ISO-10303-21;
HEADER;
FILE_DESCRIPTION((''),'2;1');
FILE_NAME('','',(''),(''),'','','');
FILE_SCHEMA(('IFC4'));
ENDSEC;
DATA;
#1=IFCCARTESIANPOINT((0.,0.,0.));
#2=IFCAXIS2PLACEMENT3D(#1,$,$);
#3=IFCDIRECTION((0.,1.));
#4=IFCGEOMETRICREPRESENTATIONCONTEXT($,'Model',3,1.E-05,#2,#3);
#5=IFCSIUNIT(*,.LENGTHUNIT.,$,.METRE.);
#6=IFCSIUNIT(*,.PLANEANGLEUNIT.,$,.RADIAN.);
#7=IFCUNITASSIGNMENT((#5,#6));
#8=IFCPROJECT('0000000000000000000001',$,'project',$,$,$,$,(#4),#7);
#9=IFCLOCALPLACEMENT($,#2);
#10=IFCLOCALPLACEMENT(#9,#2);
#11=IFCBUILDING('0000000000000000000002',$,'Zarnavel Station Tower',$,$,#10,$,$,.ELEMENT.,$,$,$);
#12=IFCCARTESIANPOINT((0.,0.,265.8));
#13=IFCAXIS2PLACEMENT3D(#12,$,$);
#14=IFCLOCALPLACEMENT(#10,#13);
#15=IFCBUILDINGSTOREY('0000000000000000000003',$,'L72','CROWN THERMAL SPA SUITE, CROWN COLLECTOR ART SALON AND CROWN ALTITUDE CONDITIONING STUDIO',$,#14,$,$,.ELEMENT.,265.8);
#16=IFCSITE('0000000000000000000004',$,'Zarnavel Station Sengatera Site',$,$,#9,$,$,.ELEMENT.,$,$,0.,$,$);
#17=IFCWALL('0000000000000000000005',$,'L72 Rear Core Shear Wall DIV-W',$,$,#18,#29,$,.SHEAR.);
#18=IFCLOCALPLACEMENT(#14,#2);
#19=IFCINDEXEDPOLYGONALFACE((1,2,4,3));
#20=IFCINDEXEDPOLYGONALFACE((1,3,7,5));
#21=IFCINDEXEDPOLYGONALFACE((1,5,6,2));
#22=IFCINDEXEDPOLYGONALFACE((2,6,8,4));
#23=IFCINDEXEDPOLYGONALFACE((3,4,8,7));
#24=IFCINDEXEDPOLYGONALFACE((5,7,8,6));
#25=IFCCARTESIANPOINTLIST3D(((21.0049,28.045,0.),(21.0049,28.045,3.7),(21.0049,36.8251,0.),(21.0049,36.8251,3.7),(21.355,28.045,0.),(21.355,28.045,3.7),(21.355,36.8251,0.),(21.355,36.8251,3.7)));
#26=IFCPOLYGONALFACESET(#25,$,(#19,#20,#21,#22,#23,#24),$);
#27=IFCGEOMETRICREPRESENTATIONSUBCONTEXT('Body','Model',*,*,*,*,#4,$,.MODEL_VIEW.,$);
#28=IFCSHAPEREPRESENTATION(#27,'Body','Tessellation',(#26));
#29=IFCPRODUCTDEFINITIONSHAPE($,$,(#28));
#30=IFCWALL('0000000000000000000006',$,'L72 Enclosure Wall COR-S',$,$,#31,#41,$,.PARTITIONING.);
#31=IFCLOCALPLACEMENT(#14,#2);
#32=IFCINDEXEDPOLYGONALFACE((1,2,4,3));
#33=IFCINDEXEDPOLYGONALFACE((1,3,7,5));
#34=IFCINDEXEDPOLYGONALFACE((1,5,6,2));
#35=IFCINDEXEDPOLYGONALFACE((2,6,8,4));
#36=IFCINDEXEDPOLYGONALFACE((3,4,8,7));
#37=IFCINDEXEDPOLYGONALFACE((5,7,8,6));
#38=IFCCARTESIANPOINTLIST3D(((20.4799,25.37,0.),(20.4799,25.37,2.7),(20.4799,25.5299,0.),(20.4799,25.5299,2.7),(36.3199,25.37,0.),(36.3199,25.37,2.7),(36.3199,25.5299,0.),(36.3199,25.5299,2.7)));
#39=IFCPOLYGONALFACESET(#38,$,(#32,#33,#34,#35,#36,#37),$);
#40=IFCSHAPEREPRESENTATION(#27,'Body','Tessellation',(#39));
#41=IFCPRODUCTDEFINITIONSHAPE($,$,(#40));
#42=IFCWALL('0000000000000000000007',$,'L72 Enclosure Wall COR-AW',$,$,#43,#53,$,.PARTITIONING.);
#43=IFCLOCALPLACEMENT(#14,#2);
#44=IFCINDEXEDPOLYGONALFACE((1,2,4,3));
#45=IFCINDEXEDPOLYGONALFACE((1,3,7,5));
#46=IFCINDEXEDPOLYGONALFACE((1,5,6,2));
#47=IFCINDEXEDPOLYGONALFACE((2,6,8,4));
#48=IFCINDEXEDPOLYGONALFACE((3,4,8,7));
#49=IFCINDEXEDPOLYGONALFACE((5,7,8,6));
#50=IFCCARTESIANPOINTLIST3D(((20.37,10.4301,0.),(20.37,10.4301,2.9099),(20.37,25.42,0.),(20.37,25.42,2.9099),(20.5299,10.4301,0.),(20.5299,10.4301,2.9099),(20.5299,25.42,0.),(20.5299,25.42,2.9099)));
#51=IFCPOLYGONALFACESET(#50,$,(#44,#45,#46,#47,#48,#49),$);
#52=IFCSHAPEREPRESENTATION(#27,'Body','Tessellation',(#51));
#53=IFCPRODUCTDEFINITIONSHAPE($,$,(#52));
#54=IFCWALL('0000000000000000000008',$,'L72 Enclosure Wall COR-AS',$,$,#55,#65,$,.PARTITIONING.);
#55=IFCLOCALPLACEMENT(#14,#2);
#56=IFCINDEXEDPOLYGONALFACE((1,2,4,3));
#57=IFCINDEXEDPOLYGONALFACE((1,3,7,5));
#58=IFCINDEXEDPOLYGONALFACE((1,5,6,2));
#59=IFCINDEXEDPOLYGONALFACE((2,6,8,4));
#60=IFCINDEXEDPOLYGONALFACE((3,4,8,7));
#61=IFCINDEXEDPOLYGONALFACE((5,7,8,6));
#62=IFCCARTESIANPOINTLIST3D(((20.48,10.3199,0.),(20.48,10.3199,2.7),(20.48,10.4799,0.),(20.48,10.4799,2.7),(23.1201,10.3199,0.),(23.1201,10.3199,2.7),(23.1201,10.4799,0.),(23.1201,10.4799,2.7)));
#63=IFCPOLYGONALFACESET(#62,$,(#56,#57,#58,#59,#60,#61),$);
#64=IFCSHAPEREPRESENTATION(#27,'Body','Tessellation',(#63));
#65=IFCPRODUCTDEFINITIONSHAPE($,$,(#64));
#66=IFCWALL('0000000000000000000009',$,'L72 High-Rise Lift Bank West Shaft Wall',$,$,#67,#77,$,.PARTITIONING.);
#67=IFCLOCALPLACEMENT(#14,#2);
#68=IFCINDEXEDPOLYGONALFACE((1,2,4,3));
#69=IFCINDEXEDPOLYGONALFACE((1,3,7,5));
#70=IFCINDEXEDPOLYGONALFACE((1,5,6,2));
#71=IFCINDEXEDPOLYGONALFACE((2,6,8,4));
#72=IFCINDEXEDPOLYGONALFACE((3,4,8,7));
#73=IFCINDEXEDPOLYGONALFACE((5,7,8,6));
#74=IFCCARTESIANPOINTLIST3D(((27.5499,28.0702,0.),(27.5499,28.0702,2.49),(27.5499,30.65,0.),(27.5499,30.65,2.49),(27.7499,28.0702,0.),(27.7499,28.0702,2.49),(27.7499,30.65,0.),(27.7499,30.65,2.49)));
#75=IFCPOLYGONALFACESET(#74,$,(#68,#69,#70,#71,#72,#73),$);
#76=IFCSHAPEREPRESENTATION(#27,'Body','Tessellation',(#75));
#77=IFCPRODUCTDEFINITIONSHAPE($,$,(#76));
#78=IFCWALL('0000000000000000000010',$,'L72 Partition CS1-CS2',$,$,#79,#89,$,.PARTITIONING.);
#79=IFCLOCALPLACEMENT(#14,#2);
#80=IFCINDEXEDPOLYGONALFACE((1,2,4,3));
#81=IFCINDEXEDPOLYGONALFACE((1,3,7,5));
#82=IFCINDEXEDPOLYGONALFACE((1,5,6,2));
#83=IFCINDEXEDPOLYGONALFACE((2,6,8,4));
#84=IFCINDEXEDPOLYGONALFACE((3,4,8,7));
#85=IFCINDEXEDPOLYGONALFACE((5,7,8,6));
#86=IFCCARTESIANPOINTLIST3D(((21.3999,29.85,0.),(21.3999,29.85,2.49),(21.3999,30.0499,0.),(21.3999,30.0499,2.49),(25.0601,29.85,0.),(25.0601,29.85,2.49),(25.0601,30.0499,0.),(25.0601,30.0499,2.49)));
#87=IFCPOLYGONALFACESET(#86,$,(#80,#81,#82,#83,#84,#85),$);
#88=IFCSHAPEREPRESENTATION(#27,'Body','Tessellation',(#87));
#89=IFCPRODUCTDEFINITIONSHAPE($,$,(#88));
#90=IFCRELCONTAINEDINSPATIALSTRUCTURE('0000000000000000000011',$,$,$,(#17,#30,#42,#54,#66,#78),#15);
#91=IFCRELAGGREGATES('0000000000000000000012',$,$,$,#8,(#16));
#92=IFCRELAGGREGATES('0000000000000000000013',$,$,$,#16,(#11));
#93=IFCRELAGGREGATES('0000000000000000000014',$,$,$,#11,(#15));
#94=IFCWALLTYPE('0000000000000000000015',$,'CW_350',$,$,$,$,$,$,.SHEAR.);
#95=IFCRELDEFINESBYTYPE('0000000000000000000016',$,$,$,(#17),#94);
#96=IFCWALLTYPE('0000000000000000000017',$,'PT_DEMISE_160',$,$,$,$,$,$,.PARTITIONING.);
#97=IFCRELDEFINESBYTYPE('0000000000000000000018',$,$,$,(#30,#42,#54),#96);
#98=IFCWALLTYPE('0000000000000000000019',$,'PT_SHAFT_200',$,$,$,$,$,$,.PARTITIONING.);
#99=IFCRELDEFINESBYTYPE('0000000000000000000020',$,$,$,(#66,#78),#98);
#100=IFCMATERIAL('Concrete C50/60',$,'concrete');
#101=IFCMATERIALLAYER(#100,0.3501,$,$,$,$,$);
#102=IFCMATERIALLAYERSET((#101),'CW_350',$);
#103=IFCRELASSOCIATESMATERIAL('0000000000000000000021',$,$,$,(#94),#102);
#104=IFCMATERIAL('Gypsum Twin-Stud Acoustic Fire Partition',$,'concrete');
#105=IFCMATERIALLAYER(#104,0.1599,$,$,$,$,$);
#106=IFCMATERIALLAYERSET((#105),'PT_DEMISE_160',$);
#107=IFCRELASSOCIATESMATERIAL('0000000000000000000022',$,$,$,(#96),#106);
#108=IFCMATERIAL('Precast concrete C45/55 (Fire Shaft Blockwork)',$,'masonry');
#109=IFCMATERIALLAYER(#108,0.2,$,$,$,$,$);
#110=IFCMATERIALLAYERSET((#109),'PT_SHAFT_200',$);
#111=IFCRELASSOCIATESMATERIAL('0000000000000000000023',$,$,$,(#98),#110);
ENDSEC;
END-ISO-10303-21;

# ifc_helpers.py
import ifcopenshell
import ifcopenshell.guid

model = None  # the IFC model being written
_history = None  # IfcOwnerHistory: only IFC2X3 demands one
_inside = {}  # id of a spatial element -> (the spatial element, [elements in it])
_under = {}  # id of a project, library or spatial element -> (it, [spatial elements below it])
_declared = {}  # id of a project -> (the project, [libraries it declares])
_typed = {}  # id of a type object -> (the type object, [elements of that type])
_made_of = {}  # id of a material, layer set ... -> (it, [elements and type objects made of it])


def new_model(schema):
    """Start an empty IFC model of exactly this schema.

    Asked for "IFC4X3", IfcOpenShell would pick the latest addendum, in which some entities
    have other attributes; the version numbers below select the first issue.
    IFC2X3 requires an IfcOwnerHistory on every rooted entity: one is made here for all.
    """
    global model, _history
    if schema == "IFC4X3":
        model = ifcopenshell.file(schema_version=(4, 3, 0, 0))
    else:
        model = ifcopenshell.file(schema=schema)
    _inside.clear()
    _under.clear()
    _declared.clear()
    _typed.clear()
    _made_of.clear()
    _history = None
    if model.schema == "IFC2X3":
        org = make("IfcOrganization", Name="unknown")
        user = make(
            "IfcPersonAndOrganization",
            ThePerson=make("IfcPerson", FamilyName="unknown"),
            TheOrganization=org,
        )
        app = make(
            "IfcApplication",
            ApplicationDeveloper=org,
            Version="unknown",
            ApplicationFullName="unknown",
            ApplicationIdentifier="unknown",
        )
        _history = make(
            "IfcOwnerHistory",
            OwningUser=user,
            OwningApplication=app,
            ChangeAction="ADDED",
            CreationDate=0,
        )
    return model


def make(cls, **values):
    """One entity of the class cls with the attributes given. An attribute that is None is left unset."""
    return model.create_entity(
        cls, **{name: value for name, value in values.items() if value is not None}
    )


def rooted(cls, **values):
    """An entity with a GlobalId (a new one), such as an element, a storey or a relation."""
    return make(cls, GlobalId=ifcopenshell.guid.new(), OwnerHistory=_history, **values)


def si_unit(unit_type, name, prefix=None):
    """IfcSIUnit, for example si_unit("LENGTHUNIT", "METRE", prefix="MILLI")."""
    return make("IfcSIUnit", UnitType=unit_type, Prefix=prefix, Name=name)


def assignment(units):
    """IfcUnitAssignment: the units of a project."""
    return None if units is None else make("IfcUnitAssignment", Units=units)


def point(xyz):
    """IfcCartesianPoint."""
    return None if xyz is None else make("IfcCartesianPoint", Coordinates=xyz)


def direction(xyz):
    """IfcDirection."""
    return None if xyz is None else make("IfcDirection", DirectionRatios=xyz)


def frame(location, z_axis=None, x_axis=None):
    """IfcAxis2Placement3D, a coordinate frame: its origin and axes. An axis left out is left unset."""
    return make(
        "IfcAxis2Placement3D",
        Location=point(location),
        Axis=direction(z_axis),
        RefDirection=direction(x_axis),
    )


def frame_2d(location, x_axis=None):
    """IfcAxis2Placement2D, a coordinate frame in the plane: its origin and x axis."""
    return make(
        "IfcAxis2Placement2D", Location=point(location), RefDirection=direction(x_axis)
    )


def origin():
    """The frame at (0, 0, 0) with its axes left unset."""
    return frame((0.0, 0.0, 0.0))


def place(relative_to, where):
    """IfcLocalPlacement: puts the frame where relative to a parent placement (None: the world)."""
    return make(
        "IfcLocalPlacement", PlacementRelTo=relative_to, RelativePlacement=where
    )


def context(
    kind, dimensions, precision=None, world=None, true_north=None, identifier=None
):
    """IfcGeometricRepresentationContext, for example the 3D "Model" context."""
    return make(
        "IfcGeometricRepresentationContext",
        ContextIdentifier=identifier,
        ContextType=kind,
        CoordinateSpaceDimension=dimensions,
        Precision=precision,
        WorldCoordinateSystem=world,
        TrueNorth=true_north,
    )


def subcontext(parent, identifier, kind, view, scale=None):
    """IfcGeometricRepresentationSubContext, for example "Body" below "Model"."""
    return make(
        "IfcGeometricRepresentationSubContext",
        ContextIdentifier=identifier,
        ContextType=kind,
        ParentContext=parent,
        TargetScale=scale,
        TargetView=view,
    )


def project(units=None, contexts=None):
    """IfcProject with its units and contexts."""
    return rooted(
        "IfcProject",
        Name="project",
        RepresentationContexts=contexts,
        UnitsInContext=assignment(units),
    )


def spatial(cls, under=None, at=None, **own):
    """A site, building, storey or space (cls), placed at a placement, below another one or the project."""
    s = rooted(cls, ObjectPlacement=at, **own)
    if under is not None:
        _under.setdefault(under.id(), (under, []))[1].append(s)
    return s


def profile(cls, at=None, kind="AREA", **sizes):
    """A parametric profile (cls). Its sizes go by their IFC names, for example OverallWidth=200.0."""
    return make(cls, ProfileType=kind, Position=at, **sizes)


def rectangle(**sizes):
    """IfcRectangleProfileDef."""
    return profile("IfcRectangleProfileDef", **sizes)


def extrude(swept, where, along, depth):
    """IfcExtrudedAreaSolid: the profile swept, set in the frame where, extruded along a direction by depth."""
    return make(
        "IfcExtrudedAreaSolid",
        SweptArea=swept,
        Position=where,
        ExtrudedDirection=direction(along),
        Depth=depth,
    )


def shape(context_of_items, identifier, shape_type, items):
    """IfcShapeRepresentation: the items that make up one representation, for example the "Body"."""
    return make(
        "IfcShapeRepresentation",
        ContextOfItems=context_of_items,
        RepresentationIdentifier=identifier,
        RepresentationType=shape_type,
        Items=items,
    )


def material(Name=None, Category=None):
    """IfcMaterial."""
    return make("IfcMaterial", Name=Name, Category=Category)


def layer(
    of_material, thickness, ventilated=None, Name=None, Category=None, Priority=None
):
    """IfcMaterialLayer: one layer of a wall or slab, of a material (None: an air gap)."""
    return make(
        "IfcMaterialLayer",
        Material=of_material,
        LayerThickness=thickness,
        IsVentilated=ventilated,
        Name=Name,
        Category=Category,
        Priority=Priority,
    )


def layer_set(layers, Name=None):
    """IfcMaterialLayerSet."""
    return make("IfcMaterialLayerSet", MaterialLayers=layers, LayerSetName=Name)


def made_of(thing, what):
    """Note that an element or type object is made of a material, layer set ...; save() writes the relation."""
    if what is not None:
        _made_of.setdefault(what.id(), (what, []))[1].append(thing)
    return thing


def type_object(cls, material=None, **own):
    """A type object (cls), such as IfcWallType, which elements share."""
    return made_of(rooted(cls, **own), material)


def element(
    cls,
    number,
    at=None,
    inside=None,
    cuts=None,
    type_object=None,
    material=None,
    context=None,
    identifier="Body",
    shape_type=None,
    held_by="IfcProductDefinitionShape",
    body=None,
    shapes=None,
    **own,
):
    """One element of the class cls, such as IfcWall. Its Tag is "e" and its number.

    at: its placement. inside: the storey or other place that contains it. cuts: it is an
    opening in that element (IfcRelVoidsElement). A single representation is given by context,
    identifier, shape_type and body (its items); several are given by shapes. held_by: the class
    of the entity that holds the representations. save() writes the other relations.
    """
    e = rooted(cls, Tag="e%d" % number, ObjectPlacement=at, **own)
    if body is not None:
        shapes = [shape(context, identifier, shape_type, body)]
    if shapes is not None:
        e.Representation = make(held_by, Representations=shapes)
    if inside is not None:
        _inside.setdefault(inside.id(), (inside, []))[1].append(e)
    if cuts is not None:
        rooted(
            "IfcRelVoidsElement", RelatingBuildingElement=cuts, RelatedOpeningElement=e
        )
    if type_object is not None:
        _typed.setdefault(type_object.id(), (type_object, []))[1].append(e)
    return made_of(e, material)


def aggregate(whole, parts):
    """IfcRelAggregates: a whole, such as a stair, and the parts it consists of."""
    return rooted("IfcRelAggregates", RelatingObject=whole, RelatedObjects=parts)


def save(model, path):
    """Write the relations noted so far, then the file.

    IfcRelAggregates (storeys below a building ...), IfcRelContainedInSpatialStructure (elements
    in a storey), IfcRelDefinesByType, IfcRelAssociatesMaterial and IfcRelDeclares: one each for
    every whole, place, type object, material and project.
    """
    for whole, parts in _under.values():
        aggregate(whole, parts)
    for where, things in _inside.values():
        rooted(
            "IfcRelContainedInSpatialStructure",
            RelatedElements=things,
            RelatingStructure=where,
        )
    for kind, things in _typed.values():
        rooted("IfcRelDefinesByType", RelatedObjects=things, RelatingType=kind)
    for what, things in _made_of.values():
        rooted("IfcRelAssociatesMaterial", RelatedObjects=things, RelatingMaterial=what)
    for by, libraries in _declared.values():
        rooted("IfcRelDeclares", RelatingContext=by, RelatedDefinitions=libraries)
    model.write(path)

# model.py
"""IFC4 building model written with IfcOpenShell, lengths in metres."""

from ifc_helpers import new_model, si_unit, direction, frame, frame_2d, origin, place, context, subcontext, project, spatial, rectangle, extrude, material, layer, layer_set, type_object, element, save


model = new_model("IFC4")

# Units and contexts
model_context = context("Model", 3, precision=1e-05, world=origin(), true_north=direction((0.0, 1.0)))
body_context = subcontext(model_context, "Body", "Model", "MODEL_VIEW")
ifc_project = project(units=[si_unit("LENGTHUNIT", "METRE"), si_unit("PLANEANGLEUNIT", "RADIAN")], contexts=[model_context])

# Site, building, storey
site_placement = place(None, origin())
site = spatial("IfcSite", under=ifc_project, at=site_placement, Name="Zarnavel Station Sengatera Site", CompositionType="ELEMENT", RefElevation=0.0)
building_placement = place(site_placement, origin())
building = spatial("IfcBuilding", under=site, at=building_placement, Name="Zarnavel Station Tower", CompositionType="ELEMENT")
storey_placement = place(building_placement, frame((0.0, 0.0, 265.8)))
storey = spatial("IfcBuildingStorey", under=building, at=storey_placement, Name="L72", Description="CROWN THERMAL SPA SUITE, CROWN COLLECTOR ART SALON AND CROWN ALTITUDE CONDITIONING STUDIO", CompositionType="ELEMENT", Elevation=265.8)

# Wall
ifc_material_1 = material(Name="Concrete C50/60", Category="concrete")
ifc_layer_1 = layer(ifc_material_1, 0.3501)
ifc_layer_set_1 = layer_set([ifc_layer_1], Name="CW_350")
wall_type_1 = type_object("IfcWallType", Name="CW_350", PredefinedType="SHEAR", material=ifc_layer_set_1)
wall_1_placement = place(storey_placement, frame((21.1799, 28.0449, 0.0), z_axis=(0.0, 0.0, 1.0), x_axis=(0.0, 1.0, 0.0)))
element("IfcWall", 1, at=wall_1_placement, inside=storey, type_object=wall_type_1, Name="L72 Rear Core Shear Wall DIV-W", PredefinedType="SHEAR", context=body_context, shape_type="SweptSolid", body=[
    extrude(rectangle(XDim=8.78, YDim=0.3501, at=frame_2d((4.3901, 0.0))), origin(), (0.0, 0.0, 1.0), 3.7),
])

# Walls
ifc_material_2 = material(Name="Gypsum Twin-Stud Acoustic Fire Partition", Category="concrete")
ifc_layer_2 = layer(ifc_material_2, 0.1599)
ifc_layer_set_2 = layer_set([ifc_layer_2], Name="PT_DEMISE_160")
wall_type_2 = type_object("IfcWallType", Name="PT_DEMISE_160", PredefinedType="PARTITIONING", material=ifc_layer_set_2)
wall_2_placement = place(storey_placement, frame((20.48, 25.45, 0.0), z_axis=(0.0, 0.0, 1.0), x_axis=(1.0, 0.0, 0.0)))
element("IfcWall", 2, at=wall_2_placement, inside=storey, type_object=wall_type_2, Name="L72 Enclosure Wall COR-S", PredefinedType="PARTITIONING", context=body_context, shape_type="SweptSolid", body=[
    extrude(rectangle(XDim=15.8401, YDim=0.1599, at=frame_2d((7.9199, 0.0))), origin(), (0.0, 0.0, 1.0), 2.7),
])
wall_3_placement = place(storey_placement, frame((20.45, 10.4299, 0.0), z_axis=(0.0, 0.0, 1.0), x_axis=(0.0, 1.0, 0.0)))
element("IfcWall", 3, at=wall_3_placement, inside=storey, type_object=wall_type_2, Name="L72 Enclosure Wall COR-AW", PredefinedType="PARTITIONING", context=body_context, shape_type="SweptSolid", body=[
    extrude(rectangle(XDim=14.99, YDim=0.1599, at=frame_2d((7.4951, 0.0))), origin(), (0.0, 0.0, 1.0), 2.9099),
])
wall_4_placement = place(storey_placement, frame((20.48, 10.3999, 0.0), z_axis=(0.0, 0.0, 1.0), x_axis=(1.0, 0.0, 0.0)))
element("IfcWall", 4, at=wall_4_placement, inside=storey, type_object=wall_type_2, Name="L72 Enclosure Wall COR-AS", PredefinedType="PARTITIONING", context=body_context, shape_type="SweptSolid", body=[
    extrude(rectangle(XDim=2.6401, YDim=0.1599, at=frame_2d((1.3201, 0.0))), origin(), (0.0, 0.0, 1.0), 2.7),
])
ifc_material_3 = material(Name="Precast concrete C45/55 (Fire Shaft Blockwork)", Category="masonry")
ifc_layer_3 = layer(ifc_material_3, 0.2)
ifc_layer_set_3 = layer_set([ifc_layer_3], Name="PT_SHAFT_200")
wall_type_3 = type_object("IfcWallType", Name="PT_SHAFT_200", PredefinedType="PARTITIONING", material=ifc_layer_set_3)
wall_5_placement = place(storey_placement, frame((27.6499, 28.0701, 0.0), z_axis=(0.0, 0.0, 1.0), x_axis=(0.0, 1.0, 0.0)))
element("IfcWall", 5, at=wall_5_placement, inside=storey, type_object=wall_type_3, Name="L72 High-Rise Lift Bank West Shaft Wall", PredefinedType="PARTITIONING", context=body_context, shape_type="SweptSolid", body=[
    extrude(rectangle(XDim=2.5798, YDim=0.2, at=frame_2d((1.29, 0.0))), origin(), (0.0, 0.0, 1.0), 2.49),
])

# Wall
wall_6_placement = place(storey_placement, frame((21.3999, 29.95, 0.0), z_axis=(0.0, 0.0, 1.0), x_axis=(1.0, 0.0, 0.0)))
element("IfcWall", 6, at=wall_6_placement, inside=storey, type_object=wall_type_3, Name="L72 Partition CS1-CS2", PredefinedType="PARTITIONING", context=body_context, shape_type="SweptSolid", body=[
    extrude(rectangle(XDim=3.6602, YDim=0.2, at=frame_2d((1.8301, 0.0))), origin(), (0.0, 0.0, 1.0), 2.49),
])

save(model, "model.ifc")
